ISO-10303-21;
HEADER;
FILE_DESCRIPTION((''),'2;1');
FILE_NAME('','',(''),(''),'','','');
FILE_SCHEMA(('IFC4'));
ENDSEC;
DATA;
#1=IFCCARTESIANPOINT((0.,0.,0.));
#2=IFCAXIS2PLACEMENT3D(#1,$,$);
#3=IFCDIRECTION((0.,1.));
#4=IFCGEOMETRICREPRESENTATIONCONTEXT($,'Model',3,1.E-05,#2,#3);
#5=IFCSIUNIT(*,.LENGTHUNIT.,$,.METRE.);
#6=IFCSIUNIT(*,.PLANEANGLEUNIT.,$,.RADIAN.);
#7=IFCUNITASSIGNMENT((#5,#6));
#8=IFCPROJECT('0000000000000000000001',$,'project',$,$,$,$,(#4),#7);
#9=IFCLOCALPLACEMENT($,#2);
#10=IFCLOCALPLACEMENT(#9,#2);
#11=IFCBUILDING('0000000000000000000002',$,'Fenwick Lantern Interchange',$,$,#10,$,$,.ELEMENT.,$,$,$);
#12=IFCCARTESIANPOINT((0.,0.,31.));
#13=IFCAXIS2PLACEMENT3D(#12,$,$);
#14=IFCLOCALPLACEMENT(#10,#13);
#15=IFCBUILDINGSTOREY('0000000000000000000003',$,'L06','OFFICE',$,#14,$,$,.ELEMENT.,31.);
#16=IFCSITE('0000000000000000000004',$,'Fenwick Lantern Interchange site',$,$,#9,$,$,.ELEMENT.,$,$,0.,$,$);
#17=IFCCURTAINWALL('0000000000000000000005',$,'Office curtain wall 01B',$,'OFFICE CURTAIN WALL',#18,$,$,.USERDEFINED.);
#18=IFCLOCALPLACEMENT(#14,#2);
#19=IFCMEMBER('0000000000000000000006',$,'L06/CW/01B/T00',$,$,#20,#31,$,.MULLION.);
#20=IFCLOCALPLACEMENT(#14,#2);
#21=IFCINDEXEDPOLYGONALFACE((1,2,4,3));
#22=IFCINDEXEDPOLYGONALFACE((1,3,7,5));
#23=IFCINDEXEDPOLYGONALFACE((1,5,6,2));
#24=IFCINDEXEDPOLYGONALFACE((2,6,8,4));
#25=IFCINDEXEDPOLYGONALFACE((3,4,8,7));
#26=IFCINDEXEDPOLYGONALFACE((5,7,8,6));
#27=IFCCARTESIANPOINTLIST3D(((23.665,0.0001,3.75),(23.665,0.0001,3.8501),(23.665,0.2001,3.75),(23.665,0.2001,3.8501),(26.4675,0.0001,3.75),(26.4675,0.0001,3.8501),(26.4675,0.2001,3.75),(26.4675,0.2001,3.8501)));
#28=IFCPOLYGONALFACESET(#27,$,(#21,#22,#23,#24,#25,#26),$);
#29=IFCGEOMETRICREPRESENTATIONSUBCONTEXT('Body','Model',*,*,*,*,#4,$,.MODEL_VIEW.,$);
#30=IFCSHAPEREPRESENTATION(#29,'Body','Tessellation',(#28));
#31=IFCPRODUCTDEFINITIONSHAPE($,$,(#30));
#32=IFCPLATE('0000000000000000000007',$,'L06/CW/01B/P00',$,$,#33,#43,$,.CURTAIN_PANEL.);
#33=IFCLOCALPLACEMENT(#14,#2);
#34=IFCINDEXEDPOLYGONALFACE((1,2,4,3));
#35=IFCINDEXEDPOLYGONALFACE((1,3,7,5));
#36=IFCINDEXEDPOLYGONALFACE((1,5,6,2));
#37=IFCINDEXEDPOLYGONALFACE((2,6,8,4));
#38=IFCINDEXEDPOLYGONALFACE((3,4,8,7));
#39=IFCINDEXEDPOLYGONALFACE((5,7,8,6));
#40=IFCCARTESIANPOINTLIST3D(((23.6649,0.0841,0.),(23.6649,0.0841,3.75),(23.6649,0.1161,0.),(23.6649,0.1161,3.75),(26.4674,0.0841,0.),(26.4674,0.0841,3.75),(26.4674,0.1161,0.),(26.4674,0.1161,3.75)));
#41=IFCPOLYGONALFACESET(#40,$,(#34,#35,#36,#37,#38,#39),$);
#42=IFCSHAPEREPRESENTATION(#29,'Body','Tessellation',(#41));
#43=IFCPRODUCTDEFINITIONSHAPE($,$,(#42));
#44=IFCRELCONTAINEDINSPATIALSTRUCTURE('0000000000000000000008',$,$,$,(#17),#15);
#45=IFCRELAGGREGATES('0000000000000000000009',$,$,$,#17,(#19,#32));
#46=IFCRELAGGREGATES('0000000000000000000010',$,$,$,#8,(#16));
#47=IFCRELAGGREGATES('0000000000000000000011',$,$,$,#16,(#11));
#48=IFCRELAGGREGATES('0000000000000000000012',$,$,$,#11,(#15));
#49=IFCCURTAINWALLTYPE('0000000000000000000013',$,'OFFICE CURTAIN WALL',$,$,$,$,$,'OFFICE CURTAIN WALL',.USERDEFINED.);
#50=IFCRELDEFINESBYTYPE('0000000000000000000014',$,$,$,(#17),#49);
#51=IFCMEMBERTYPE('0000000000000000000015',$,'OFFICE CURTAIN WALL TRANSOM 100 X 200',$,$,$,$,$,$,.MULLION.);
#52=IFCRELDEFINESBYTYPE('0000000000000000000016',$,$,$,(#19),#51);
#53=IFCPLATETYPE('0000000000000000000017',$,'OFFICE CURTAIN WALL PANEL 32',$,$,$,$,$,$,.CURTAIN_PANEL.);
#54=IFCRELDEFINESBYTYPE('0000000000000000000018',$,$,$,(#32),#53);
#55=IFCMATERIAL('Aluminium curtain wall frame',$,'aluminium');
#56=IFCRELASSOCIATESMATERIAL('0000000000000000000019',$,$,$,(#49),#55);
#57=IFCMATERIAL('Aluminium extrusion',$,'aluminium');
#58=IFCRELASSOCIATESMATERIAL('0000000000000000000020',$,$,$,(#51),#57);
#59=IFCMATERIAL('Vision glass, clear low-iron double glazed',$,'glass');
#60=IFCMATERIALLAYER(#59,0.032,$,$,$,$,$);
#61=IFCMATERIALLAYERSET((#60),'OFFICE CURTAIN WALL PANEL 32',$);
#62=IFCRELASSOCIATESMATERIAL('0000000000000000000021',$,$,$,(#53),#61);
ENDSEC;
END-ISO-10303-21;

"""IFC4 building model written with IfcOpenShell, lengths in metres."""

from ifc_helpers import new_model, si_unit, direction, frame, origin, origin_2d, place, context, subcontext, project, spatial, rectangle, extrude, material, layer, layer_set, material_profile, profile_set, type_object, element, aggregate, save


model = new_model("IFC4")

# Units and contexts
model_context = context("Model", 3, precision=1e-05, world=origin(), true_north=direction((0.0, 1.0)))
body_context = subcontext(model_context, "Body", "Model", "MODEL_VIEW")
ifc_project = project(units=[si_unit("LENGTHUNIT", "METRE"), si_unit("PLANEANGLEUNIT", "RADIAN")], contexts=[model_context])

# Site, building, storey
site_placement = place(None, origin())
site = spatial("IfcSite", under=ifc_project, at=site_placement, Name="Fenwick Lantern Interchange site", CompositionType="ELEMENT", RefElevation=0.0)
building_placement = place(site_placement, origin())
building = spatial("IfcBuilding", under=site, at=building_placement, Name="Fenwick Lantern Interchange", CompositionType="ELEMENT")
storey_placement = place(building_placement, frame((0.0, 0.0, 31.0)))
storey = spatial("IfcBuildingStorey", under=building, at=storey_placement, Name="L06", Description="OFFICE", CompositionType="ELEMENT", Elevation=31.0)

# Shared definitions
ifc_material_1 = material(Name="Aluminium curtain wall frame", Category="aluminium")
curtain_wall_type = type_object("IfcCurtainWallType", Name="OFFICE CURTAIN WALL", ElementType="OFFICE CURTAIN WALL", PredefinedType="USERDEFINED", material=ifc_material_1)
ifc_material_2 = material(Name="Aluminium extrusion", Category="aluminium")

# Curtain wall, member, plate
curtain_wall_1_placement = place(storey_placement, origin())
curtain_wall_1 = element("IfcCurtainWall", 1, at=curtain_wall_1_placement, inside=storey, type_object=curtain_wall_type, Name="Office curtain wall 01B", ObjectType="OFFICE CURTAIN WALL", PredefinedType="USERDEFINED")
ifc_material_profile_1 = material_profile(ifc_material_2, rectangle(XDim=0.2, YDim=0.1001, at=origin_2d()), Name="OFFICE CURTAIN WALL TRANSOM 100 X 200")
ifc_profile_set_1 = profile_set([ifc_material_profile_1], Name="Aluminium extrusion")
member_type_1 = type_object("IfcMemberType", Name="OFFICE CURTAIN WALL TRANSOM 100 X 200", PredefinedType="MULLION", material=ifc_profile_set_1)
member_1_placement = place(storey_placement, frame((23.665, 0.1001, 3.8), z_axis=(1.0, 0.0, 0.0), x_axis=(0.0, 1.0, 0.0)))
member_1 = element("IfcMember", 2, at=member_1_placement, type_object=member_type_1, Name="L06/CW/01B/T00", PredefinedType="MULLION", context=body_context, shape_type="SweptSolid", body=[
    extrude(rectangle(XDim=0.2, YDim=0.1001, at=origin_2d()), origin(), (0.0, 0.0, 1.0), 2.8025),
])
ifc_material_3 = material(Name="Vision glass, clear low-iron double glazed", Category="glass")
ifc_layer_1 = layer(ifc_material_3, 0.032)
ifc_layer_set_1 = layer_set([ifc_layer_1], Name="OFFICE CURTAIN WALL PANEL 32")
plate_type = type_object("IfcPlateType", Name="OFFICE CURTAIN WALL PANEL 32", PredefinedType="CURTAIN_PANEL", material=ifc_layer_set_1)
plate_1_placement = place(storey_placement, frame((25.0662, 0.1001, 0.0), z_axis=(0.0, 0.0, 1.0), x_axis=(1.0, 0.0, 0.0)))
plate_1 = element("IfcPlate", 3, at=plate_1_placement, type_object=plate_type, Name="L06/CW/01B/P00", PredefinedType="CURTAIN_PANEL", context=body_context, shape_type="SweptSolid", body=[
    extrude(rectangle(XDim=2.8025, YDim=0.032, at=origin_2d()), origin(), (0.0, 0.0, 1.0), 3.75),
])
aggregate(curtain_wall_1, [member_1, plate_1])

save(model, "model.ifc")
